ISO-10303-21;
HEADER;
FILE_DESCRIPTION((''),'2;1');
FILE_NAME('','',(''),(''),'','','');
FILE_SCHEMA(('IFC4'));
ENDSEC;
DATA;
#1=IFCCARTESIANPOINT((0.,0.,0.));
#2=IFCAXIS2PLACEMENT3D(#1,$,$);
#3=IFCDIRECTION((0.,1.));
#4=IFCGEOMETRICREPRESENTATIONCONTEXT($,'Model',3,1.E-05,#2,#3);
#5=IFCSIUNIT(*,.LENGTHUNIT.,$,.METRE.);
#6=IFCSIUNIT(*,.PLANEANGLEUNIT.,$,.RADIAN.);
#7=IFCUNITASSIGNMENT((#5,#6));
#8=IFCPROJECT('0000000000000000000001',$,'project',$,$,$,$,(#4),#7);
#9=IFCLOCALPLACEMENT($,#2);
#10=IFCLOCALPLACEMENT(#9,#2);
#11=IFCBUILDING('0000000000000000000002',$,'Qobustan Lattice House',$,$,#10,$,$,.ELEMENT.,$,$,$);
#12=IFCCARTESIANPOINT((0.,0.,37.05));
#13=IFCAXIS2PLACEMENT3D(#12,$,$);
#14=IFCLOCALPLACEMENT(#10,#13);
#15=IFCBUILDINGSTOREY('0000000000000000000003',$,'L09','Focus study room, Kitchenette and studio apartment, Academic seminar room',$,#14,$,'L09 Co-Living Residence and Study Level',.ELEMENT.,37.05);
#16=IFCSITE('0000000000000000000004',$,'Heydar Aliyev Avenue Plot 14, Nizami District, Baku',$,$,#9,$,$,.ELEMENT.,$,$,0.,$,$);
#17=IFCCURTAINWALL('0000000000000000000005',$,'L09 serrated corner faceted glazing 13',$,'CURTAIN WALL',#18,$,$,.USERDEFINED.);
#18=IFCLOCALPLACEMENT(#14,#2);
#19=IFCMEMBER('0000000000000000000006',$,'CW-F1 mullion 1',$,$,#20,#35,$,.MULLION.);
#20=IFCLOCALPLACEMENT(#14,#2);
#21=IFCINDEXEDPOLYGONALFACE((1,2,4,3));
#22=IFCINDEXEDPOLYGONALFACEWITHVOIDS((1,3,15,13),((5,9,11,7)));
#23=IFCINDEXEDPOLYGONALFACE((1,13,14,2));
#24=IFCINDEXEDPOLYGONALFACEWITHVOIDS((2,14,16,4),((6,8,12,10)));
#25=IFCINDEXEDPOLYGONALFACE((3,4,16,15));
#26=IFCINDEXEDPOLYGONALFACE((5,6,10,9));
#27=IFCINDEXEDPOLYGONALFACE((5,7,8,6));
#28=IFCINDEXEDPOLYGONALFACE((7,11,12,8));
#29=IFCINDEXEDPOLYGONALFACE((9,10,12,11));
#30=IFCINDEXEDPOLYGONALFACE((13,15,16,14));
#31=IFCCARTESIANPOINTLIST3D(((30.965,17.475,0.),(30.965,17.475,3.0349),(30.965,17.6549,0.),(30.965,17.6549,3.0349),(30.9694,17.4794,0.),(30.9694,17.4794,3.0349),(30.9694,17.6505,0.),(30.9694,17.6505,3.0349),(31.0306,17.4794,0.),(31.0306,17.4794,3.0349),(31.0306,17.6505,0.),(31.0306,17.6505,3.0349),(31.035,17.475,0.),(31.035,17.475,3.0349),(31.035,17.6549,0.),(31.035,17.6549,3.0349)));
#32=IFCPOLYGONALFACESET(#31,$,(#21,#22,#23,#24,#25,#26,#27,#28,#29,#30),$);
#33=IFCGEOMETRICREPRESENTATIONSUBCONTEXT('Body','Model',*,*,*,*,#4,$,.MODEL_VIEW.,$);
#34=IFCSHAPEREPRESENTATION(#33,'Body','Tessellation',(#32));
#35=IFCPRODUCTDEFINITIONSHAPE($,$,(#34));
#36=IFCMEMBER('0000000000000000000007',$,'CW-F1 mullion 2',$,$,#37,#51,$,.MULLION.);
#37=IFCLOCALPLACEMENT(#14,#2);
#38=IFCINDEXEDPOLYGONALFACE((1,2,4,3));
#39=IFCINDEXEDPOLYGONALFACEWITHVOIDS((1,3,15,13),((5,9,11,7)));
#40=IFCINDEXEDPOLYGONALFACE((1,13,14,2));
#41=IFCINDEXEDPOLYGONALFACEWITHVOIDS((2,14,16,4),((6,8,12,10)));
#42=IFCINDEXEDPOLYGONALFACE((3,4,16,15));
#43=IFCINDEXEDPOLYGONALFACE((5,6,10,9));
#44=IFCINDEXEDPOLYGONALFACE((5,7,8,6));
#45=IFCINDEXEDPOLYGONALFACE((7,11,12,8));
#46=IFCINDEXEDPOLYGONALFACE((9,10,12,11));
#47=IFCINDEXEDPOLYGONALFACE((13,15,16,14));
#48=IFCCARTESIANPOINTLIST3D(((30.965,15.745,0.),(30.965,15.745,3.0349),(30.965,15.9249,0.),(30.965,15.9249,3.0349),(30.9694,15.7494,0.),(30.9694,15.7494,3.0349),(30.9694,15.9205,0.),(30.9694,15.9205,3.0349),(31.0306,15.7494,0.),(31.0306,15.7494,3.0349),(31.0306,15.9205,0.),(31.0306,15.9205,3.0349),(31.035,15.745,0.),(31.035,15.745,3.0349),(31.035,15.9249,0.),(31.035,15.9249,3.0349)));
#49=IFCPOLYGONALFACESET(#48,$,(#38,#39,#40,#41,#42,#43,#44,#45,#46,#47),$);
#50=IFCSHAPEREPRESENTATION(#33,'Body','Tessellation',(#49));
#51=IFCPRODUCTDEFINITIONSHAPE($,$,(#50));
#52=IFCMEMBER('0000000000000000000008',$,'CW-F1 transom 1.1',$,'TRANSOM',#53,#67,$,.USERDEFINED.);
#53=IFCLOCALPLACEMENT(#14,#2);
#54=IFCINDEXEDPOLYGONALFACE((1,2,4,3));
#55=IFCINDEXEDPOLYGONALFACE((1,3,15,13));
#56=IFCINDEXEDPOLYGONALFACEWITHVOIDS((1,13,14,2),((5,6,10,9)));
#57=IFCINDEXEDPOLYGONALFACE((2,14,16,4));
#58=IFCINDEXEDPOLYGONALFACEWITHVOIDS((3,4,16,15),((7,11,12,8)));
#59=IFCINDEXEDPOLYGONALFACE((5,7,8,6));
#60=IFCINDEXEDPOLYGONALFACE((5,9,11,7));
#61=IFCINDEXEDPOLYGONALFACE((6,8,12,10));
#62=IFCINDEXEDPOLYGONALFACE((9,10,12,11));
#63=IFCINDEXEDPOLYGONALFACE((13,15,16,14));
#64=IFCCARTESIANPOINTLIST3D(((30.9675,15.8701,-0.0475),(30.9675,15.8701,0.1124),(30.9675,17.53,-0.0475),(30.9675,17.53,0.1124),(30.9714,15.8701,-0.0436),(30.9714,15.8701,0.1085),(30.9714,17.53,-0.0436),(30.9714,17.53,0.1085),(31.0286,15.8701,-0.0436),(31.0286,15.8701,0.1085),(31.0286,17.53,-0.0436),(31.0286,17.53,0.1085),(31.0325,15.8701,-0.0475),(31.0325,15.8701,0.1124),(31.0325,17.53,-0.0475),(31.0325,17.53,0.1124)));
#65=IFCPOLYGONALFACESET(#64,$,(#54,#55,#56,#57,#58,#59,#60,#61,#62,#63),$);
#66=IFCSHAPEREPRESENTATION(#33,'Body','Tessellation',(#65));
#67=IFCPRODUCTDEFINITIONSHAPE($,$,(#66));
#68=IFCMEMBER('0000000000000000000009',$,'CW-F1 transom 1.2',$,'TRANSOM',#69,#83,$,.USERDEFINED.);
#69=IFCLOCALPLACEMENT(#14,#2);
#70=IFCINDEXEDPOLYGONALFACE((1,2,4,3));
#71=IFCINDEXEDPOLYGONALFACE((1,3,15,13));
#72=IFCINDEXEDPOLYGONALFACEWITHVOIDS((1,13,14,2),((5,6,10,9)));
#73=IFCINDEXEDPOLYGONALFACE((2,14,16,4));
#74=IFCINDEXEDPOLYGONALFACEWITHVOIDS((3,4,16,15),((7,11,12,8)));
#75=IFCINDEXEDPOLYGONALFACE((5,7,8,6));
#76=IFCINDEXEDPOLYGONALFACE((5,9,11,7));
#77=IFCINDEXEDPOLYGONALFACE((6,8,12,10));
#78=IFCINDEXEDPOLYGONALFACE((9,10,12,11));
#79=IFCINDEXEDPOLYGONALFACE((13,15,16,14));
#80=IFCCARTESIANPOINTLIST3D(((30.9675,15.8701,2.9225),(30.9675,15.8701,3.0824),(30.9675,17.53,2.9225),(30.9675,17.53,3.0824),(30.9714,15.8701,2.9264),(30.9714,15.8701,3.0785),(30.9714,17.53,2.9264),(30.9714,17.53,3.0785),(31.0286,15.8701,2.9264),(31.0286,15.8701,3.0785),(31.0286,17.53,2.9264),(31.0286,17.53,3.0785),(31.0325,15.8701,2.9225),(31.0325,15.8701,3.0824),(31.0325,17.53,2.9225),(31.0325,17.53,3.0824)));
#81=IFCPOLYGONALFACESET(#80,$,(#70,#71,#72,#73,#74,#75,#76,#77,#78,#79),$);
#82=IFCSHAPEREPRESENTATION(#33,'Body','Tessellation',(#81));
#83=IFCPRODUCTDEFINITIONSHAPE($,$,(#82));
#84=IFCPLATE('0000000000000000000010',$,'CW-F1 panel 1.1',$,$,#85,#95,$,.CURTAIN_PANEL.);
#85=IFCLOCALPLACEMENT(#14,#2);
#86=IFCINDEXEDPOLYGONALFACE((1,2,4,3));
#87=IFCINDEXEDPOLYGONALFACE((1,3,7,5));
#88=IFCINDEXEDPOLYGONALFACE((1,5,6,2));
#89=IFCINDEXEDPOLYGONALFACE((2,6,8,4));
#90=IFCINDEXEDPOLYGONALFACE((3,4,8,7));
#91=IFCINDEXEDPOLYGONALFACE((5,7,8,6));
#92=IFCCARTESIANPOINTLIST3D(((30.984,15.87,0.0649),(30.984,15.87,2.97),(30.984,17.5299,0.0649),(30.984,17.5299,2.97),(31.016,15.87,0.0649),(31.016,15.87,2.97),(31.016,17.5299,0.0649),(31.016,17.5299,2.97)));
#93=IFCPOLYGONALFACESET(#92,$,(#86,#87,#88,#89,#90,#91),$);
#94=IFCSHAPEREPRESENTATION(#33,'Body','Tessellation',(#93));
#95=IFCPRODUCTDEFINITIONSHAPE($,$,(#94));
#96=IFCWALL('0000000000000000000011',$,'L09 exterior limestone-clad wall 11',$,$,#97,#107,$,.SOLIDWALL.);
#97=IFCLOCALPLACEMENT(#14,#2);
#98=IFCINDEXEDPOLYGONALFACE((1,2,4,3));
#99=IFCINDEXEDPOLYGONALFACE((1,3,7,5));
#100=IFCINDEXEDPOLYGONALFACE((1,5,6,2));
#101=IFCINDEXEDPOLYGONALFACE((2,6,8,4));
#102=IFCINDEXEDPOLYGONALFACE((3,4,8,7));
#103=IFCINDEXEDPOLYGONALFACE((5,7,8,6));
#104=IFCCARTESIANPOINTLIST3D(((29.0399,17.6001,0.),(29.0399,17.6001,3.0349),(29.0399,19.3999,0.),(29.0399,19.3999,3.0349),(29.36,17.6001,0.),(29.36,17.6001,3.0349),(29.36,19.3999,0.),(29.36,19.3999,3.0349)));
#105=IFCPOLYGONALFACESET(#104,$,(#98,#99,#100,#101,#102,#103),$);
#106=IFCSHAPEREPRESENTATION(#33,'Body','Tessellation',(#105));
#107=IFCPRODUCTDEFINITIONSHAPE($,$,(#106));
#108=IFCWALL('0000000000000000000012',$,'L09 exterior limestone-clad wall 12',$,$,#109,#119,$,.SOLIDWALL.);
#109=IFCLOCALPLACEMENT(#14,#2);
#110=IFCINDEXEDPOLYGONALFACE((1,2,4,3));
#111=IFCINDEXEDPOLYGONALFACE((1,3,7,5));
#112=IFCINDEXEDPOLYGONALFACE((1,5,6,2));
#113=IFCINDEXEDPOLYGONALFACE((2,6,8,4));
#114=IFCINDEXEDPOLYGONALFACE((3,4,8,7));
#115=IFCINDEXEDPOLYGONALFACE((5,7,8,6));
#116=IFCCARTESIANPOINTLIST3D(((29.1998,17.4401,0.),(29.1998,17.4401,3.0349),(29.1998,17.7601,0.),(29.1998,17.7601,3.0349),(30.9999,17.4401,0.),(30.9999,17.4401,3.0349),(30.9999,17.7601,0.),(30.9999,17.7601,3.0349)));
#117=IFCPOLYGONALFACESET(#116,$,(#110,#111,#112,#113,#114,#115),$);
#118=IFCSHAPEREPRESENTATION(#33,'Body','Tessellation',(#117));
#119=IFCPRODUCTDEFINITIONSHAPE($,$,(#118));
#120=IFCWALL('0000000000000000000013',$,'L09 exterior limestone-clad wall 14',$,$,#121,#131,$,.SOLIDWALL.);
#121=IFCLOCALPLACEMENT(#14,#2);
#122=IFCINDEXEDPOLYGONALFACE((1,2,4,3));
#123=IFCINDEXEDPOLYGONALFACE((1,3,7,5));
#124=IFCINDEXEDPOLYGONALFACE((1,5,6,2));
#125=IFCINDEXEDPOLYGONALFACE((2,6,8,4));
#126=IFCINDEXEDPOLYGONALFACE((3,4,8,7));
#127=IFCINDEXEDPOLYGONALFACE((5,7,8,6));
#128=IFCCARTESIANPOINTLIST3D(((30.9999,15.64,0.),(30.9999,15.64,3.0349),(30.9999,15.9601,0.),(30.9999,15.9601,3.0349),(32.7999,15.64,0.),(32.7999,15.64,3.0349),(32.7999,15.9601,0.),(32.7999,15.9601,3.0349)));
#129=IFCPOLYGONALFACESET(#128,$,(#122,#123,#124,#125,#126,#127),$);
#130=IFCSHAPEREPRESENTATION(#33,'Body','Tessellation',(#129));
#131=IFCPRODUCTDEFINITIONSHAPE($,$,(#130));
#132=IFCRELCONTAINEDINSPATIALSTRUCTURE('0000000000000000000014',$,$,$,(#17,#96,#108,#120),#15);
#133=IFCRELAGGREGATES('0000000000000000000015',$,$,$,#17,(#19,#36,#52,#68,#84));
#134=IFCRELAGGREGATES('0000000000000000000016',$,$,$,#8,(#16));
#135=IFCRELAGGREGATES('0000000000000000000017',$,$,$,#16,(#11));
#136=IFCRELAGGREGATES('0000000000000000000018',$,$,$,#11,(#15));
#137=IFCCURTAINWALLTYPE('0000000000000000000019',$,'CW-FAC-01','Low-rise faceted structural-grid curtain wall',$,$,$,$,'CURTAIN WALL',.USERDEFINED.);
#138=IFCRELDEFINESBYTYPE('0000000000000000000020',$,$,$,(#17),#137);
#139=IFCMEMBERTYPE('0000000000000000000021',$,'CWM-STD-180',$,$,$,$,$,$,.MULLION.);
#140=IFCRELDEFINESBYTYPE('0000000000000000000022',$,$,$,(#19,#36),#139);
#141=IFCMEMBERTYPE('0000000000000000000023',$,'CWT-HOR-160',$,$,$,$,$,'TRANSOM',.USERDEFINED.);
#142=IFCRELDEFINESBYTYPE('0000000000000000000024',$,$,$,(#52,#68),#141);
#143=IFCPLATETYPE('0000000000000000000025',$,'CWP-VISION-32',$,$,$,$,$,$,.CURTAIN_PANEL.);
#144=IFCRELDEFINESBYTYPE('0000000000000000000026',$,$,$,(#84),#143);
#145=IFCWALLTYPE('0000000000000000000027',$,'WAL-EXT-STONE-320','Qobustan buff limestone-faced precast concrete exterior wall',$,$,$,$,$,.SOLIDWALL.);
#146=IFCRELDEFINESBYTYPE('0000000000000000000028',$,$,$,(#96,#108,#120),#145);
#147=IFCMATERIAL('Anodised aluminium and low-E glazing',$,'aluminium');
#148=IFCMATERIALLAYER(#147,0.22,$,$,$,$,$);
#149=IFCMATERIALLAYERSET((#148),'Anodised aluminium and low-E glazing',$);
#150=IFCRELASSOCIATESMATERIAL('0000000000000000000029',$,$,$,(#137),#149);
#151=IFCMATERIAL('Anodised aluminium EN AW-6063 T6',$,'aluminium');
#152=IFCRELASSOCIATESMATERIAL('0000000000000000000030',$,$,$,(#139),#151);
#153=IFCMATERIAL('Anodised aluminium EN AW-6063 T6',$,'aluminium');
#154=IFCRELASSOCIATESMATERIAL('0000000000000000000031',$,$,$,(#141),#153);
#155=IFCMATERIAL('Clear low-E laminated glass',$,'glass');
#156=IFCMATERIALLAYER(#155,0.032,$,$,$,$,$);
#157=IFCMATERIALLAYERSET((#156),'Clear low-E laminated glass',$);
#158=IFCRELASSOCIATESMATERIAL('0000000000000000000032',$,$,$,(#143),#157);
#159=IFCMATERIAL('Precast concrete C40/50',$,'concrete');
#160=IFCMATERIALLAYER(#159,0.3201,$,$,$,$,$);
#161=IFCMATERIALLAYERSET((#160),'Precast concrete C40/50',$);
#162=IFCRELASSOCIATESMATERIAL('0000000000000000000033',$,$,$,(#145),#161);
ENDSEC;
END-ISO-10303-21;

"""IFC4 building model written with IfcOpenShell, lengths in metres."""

from ifc_helpers import new_model, si_unit, direction, frame, frame_2d, origin, origin_2d, place, context, subcontext, project, spatial, rectangle, hollow_rectangle, extrude, material, layer, layer_set, material_profile, profile_set, type_object, element, aggregate, save


model = new_model("IFC4")

# Units and contexts
model_context = context("Model", 3, precision=1e-05, world=origin(), true_north=direction((0.0, 1.0)))
body_context = subcontext(model_context, "Body", "Model", "MODEL_VIEW")
ifc_project = project(units=[si_unit("LENGTHUNIT", "METRE"), si_unit("PLANEANGLEUNIT", "RADIAN")], contexts=[model_context])

# Site, building, storey
site_placement = place(None, origin())
site = spatial("IfcSite", under=ifc_project, at=site_placement, Name="Heydar Aliyev Avenue Plot 14, Nizami District, Baku", CompositionType="ELEMENT", RefElevation=0.0)
building_placement = place(site_placement, origin())
building = spatial("IfcBuilding", under=site, at=building_placement, Name="Qobustan Lattice House", CompositionType="ELEMENT")
storey_placement = place(building_placement, frame((0.0, 0.0, 37.05)))
storey = spatial("IfcBuildingStorey", under=building, at=storey_placement, Name="L09", Description="Focus study room, Kitchenette and studio apartment, Academic seminar room", LongName="L09 Co-Living Residence and Study Level", CompositionType="ELEMENT", Elevation=37.05)

# Curtain wall, members, plate
ifc_material_1 = material(Name="Anodised aluminium and low-E glazing", Category="aluminium")
ifc_layer_1 = layer(ifc_material_1, 0.22)
ifc_layer_set_1 = layer_set([ifc_layer_1], Name="Anodised aluminium and low-E glazing")
curtain_wall_type = type_object("IfcCurtainWallType", Name="CW-FAC-01", Description="Low-rise faceted structural-grid curtain wall", ElementType="CURTAIN WALL", PredefinedType="USERDEFINED", material=ifc_layer_set_1)
curtain_wall_placement = place(storey_placement, origin())
curtain_wall = element("IfcCurtainWall", 1, at=curtain_wall_placement, inside=storey, type_object=curtain_wall_type, Name="L09 serrated corner faceted glazing 13", ObjectType="CURTAIN WALL", PredefinedType="USERDEFINED")
ifc_material_2 = material(Name="Anodised aluminium EN AW-6063 T6", Category="aluminium")
ifc_material_profile_1 = material_profile(ifc_material_2, hollow_rectangle(XDim=0.0701, YDim=0.1799, WallThickness=0.0044, at=origin_2d()), Name="CWM-180x70")
ifc_profile_set_1 = profile_set([ifc_material_profile_1], Name="Anodised aluminium EN AW-6063 T6")
member_type_1 = type_object("IfcMemberType", Name="CWM-STD-180", PredefinedType="MULLION", material=ifc_profile_set_1)
member_1_placement = place(storey_placement, frame((31.0, 17.5649, 0.0), z_axis=(0.0, 0.0, 1.0), x_axis=(1.0, 0.0, 0.0)))
member_1 = element("IfcMember", 2, at=member_1_placement, type_object=member_type_1, Name="CW-F1 mullion 1", PredefinedType="MULLION", context=body_context, shape_type="SweptSolid", body=[
    extrude(hollow_rectangle(XDim=0.0701, YDim=0.1799, WallThickness=0.0044, at=origin_2d()), origin(), (0.0, 0.0, 1.0), 3.0349),
])
member_2_placement = place(storey_placement, frame((31.0, 15.835, 0.0), z_axis=(0.0, 0.0, 1.0), x_axis=(1.0, 0.0, 0.0)))
member_2 = element("IfcMember", 3, at=member_2_placement, type_object=member_type_1, Name="CW-F1 mullion 2", PredefinedType="MULLION", context=body_context, shape_type="SweptSolid", body=[
    extrude(hollow_rectangle(XDim=0.0701, YDim=0.1799, WallThickness=0.0044, at=origin_2d()), origin(), (0.0, 0.0, 1.0), 3.0349),
])
ifc_material_3 = material(Name="Anodised aluminium EN AW-6063 T6", Category="aluminium")
ifc_material_profile_2 = material_profile(ifc_material_3, hollow_rectangle(XDim=0.0649, YDim=0.1599, WallThickness=0.0039, at=origin_2d()), Name="CWT-160x65")
ifc_profile_set_2 = profile_set([ifc_material_profile_2], Name="Anodised aluminium EN AW-6063 T6")
member_type_2 = type_object("IfcMemberType", Name="CWT-HOR-160", ElementType="TRANSOM", PredefinedType="USERDEFINED", material=ifc_profile_set_2)
member_3_placement = place(storey_placement, frame((31.0, 17.53, 0.0325), z_axis=(0.0, -1.0, 0.0), x_axis=(1.0, 0.0, 0.0)))
member_3 = element("IfcMember", 4, at=member_3_placement, type_object=member_type_2, Name="CW-F1 transom 1.1", ObjectType="TRANSOM", PredefinedType="USERDEFINED", context=body_context, shape_type="SweptSolid", body=[
    extrude(hollow_rectangle(XDim=0.0649, YDim=0.1599, WallThickness=0.0039, at=origin_2d()), origin(), (0.0, 0.0, 1.0), 1.6599),
])
member_4_placement = place(storey_placement, frame((31.0, 17.53, 3.0024), z_axis=(0.0, -1.0, 0.0), x_axis=(1.0, 0.0, 0.0)))
member_4 = element("IfcMember", 5, at=member_4_placement, type_object=member_type_2, Name="CW-F1 transom 1.2", ObjectType="TRANSOM", PredefinedType="USERDEFINED", context=body_context, shape_type="SweptSolid", body=[
    extrude(hollow_rectangle(XDim=0.0649, YDim=0.1599, WallThickness=0.0039, at=origin_2d()), origin(), (0.0, 0.0, 1.0), 1.6599),
])
ifc_material_4 = material(Name="Clear low-E laminated glass", Category="glass")
ifc_layer_2 = layer(ifc_material_4, 0.032)
ifc_layer_set_2 = layer_set([ifc_layer_2], Name="Clear low-E laminated glass")
plate_type = type_object("IfcPlateType", Name="CWP-VISION-32", PredefinedType="CURTAIN_PANEL", material=ifc_layer_set_2)
plate_placement = place(storey_placement, frame((31.0, 16.7, 0.0649), z_axis=(0.0, 0.0, 1.0), x_axis=(0.0, -1.0, 0.0)))
plate = element("IfcPlate", 6, at=plate_placement, type_object=plate_type, Name="CW-F1 panel 1.1", PredefinedType="CURTAIN_PANEL", context=body_context, shape_type="SweptSolid", body=[
    extrude(rectangle(XDim=1.6599, YDim=0.032, at=origin_2d()), origin(), (0.0, 0.0, 1.0), 2.905),
])
aggregate(curtain_wall, [member_1, member_2, member_3, member_4, plate])

# Walls
ifc_material_5 = material(Name="Precast concrete C40/50", Category="concrete")
ifc_layer_3 = layer(ifc_material_5, 0.3201)
ifc_layer_set_3 = layer_set([ifc_layer_3], Name="Precast concrete C40/50")
wall_type_1 = type_object("IfcWallType", Name="WAL-EXT-STONE-320", Description="Qobustan buff limestone-faced precast concrete exterior wall", PredefinedType="SOLIDWALL", material=ifc_layer_set_3)
wall_1_placement = place(storey_placement, frame((29.2, 19.3999, 0.0), z_axis=(0.0, 0.0, 1.0), x_axis=(0.0, -1.0, 0.0)))
element("IfcWall", 7, at=wall_1_placement, inside=storey, type_object=wall_type_1, Name="L09 exterior limestone-clad wall 11", PredefinedType="SOLIDWALL", context=body_context, shape_type="SweptSolid", body=[
    extrude(rectangle(XDim=1.7998, YDim=0.3201, at=frame_2d((0.8999, 0.0))), origin(), (0.0, 0.0, 1.0), 3.0349),
])
for number, where, z_axis, x_axis, name in (
    (8, (29.2, 17.6001, 0.0), (0.0, 0.0, 1.0), (1.0, 0.0, 0.0), "L09 exterior limestone-clad wall 12"),
    (9, (31.0, 15.8, 0.0), (0.0, 0.0, 1.0), (1.0, 0.0, 0.0), "L09 exterior limestone-clad wall 14"),
):
    element("IfcWall", number, at=place(storey_placement, frame(where, z_axis=z_axis, x_axis=x_axis)), inside=storey, type_object=wall_type_1, Name=name, PredefinedType="SOLIDWALL", context=body_context, shape_type="SweptSolid", body=[
        extrude(rectangle(XDim=1.8, YDim=0.3201, at=frame_2d((0.8999, 0.0))), origin(), (0.0, 0.0, 1.0), 3.0349),
    ])

save(model, "model.ifc")
